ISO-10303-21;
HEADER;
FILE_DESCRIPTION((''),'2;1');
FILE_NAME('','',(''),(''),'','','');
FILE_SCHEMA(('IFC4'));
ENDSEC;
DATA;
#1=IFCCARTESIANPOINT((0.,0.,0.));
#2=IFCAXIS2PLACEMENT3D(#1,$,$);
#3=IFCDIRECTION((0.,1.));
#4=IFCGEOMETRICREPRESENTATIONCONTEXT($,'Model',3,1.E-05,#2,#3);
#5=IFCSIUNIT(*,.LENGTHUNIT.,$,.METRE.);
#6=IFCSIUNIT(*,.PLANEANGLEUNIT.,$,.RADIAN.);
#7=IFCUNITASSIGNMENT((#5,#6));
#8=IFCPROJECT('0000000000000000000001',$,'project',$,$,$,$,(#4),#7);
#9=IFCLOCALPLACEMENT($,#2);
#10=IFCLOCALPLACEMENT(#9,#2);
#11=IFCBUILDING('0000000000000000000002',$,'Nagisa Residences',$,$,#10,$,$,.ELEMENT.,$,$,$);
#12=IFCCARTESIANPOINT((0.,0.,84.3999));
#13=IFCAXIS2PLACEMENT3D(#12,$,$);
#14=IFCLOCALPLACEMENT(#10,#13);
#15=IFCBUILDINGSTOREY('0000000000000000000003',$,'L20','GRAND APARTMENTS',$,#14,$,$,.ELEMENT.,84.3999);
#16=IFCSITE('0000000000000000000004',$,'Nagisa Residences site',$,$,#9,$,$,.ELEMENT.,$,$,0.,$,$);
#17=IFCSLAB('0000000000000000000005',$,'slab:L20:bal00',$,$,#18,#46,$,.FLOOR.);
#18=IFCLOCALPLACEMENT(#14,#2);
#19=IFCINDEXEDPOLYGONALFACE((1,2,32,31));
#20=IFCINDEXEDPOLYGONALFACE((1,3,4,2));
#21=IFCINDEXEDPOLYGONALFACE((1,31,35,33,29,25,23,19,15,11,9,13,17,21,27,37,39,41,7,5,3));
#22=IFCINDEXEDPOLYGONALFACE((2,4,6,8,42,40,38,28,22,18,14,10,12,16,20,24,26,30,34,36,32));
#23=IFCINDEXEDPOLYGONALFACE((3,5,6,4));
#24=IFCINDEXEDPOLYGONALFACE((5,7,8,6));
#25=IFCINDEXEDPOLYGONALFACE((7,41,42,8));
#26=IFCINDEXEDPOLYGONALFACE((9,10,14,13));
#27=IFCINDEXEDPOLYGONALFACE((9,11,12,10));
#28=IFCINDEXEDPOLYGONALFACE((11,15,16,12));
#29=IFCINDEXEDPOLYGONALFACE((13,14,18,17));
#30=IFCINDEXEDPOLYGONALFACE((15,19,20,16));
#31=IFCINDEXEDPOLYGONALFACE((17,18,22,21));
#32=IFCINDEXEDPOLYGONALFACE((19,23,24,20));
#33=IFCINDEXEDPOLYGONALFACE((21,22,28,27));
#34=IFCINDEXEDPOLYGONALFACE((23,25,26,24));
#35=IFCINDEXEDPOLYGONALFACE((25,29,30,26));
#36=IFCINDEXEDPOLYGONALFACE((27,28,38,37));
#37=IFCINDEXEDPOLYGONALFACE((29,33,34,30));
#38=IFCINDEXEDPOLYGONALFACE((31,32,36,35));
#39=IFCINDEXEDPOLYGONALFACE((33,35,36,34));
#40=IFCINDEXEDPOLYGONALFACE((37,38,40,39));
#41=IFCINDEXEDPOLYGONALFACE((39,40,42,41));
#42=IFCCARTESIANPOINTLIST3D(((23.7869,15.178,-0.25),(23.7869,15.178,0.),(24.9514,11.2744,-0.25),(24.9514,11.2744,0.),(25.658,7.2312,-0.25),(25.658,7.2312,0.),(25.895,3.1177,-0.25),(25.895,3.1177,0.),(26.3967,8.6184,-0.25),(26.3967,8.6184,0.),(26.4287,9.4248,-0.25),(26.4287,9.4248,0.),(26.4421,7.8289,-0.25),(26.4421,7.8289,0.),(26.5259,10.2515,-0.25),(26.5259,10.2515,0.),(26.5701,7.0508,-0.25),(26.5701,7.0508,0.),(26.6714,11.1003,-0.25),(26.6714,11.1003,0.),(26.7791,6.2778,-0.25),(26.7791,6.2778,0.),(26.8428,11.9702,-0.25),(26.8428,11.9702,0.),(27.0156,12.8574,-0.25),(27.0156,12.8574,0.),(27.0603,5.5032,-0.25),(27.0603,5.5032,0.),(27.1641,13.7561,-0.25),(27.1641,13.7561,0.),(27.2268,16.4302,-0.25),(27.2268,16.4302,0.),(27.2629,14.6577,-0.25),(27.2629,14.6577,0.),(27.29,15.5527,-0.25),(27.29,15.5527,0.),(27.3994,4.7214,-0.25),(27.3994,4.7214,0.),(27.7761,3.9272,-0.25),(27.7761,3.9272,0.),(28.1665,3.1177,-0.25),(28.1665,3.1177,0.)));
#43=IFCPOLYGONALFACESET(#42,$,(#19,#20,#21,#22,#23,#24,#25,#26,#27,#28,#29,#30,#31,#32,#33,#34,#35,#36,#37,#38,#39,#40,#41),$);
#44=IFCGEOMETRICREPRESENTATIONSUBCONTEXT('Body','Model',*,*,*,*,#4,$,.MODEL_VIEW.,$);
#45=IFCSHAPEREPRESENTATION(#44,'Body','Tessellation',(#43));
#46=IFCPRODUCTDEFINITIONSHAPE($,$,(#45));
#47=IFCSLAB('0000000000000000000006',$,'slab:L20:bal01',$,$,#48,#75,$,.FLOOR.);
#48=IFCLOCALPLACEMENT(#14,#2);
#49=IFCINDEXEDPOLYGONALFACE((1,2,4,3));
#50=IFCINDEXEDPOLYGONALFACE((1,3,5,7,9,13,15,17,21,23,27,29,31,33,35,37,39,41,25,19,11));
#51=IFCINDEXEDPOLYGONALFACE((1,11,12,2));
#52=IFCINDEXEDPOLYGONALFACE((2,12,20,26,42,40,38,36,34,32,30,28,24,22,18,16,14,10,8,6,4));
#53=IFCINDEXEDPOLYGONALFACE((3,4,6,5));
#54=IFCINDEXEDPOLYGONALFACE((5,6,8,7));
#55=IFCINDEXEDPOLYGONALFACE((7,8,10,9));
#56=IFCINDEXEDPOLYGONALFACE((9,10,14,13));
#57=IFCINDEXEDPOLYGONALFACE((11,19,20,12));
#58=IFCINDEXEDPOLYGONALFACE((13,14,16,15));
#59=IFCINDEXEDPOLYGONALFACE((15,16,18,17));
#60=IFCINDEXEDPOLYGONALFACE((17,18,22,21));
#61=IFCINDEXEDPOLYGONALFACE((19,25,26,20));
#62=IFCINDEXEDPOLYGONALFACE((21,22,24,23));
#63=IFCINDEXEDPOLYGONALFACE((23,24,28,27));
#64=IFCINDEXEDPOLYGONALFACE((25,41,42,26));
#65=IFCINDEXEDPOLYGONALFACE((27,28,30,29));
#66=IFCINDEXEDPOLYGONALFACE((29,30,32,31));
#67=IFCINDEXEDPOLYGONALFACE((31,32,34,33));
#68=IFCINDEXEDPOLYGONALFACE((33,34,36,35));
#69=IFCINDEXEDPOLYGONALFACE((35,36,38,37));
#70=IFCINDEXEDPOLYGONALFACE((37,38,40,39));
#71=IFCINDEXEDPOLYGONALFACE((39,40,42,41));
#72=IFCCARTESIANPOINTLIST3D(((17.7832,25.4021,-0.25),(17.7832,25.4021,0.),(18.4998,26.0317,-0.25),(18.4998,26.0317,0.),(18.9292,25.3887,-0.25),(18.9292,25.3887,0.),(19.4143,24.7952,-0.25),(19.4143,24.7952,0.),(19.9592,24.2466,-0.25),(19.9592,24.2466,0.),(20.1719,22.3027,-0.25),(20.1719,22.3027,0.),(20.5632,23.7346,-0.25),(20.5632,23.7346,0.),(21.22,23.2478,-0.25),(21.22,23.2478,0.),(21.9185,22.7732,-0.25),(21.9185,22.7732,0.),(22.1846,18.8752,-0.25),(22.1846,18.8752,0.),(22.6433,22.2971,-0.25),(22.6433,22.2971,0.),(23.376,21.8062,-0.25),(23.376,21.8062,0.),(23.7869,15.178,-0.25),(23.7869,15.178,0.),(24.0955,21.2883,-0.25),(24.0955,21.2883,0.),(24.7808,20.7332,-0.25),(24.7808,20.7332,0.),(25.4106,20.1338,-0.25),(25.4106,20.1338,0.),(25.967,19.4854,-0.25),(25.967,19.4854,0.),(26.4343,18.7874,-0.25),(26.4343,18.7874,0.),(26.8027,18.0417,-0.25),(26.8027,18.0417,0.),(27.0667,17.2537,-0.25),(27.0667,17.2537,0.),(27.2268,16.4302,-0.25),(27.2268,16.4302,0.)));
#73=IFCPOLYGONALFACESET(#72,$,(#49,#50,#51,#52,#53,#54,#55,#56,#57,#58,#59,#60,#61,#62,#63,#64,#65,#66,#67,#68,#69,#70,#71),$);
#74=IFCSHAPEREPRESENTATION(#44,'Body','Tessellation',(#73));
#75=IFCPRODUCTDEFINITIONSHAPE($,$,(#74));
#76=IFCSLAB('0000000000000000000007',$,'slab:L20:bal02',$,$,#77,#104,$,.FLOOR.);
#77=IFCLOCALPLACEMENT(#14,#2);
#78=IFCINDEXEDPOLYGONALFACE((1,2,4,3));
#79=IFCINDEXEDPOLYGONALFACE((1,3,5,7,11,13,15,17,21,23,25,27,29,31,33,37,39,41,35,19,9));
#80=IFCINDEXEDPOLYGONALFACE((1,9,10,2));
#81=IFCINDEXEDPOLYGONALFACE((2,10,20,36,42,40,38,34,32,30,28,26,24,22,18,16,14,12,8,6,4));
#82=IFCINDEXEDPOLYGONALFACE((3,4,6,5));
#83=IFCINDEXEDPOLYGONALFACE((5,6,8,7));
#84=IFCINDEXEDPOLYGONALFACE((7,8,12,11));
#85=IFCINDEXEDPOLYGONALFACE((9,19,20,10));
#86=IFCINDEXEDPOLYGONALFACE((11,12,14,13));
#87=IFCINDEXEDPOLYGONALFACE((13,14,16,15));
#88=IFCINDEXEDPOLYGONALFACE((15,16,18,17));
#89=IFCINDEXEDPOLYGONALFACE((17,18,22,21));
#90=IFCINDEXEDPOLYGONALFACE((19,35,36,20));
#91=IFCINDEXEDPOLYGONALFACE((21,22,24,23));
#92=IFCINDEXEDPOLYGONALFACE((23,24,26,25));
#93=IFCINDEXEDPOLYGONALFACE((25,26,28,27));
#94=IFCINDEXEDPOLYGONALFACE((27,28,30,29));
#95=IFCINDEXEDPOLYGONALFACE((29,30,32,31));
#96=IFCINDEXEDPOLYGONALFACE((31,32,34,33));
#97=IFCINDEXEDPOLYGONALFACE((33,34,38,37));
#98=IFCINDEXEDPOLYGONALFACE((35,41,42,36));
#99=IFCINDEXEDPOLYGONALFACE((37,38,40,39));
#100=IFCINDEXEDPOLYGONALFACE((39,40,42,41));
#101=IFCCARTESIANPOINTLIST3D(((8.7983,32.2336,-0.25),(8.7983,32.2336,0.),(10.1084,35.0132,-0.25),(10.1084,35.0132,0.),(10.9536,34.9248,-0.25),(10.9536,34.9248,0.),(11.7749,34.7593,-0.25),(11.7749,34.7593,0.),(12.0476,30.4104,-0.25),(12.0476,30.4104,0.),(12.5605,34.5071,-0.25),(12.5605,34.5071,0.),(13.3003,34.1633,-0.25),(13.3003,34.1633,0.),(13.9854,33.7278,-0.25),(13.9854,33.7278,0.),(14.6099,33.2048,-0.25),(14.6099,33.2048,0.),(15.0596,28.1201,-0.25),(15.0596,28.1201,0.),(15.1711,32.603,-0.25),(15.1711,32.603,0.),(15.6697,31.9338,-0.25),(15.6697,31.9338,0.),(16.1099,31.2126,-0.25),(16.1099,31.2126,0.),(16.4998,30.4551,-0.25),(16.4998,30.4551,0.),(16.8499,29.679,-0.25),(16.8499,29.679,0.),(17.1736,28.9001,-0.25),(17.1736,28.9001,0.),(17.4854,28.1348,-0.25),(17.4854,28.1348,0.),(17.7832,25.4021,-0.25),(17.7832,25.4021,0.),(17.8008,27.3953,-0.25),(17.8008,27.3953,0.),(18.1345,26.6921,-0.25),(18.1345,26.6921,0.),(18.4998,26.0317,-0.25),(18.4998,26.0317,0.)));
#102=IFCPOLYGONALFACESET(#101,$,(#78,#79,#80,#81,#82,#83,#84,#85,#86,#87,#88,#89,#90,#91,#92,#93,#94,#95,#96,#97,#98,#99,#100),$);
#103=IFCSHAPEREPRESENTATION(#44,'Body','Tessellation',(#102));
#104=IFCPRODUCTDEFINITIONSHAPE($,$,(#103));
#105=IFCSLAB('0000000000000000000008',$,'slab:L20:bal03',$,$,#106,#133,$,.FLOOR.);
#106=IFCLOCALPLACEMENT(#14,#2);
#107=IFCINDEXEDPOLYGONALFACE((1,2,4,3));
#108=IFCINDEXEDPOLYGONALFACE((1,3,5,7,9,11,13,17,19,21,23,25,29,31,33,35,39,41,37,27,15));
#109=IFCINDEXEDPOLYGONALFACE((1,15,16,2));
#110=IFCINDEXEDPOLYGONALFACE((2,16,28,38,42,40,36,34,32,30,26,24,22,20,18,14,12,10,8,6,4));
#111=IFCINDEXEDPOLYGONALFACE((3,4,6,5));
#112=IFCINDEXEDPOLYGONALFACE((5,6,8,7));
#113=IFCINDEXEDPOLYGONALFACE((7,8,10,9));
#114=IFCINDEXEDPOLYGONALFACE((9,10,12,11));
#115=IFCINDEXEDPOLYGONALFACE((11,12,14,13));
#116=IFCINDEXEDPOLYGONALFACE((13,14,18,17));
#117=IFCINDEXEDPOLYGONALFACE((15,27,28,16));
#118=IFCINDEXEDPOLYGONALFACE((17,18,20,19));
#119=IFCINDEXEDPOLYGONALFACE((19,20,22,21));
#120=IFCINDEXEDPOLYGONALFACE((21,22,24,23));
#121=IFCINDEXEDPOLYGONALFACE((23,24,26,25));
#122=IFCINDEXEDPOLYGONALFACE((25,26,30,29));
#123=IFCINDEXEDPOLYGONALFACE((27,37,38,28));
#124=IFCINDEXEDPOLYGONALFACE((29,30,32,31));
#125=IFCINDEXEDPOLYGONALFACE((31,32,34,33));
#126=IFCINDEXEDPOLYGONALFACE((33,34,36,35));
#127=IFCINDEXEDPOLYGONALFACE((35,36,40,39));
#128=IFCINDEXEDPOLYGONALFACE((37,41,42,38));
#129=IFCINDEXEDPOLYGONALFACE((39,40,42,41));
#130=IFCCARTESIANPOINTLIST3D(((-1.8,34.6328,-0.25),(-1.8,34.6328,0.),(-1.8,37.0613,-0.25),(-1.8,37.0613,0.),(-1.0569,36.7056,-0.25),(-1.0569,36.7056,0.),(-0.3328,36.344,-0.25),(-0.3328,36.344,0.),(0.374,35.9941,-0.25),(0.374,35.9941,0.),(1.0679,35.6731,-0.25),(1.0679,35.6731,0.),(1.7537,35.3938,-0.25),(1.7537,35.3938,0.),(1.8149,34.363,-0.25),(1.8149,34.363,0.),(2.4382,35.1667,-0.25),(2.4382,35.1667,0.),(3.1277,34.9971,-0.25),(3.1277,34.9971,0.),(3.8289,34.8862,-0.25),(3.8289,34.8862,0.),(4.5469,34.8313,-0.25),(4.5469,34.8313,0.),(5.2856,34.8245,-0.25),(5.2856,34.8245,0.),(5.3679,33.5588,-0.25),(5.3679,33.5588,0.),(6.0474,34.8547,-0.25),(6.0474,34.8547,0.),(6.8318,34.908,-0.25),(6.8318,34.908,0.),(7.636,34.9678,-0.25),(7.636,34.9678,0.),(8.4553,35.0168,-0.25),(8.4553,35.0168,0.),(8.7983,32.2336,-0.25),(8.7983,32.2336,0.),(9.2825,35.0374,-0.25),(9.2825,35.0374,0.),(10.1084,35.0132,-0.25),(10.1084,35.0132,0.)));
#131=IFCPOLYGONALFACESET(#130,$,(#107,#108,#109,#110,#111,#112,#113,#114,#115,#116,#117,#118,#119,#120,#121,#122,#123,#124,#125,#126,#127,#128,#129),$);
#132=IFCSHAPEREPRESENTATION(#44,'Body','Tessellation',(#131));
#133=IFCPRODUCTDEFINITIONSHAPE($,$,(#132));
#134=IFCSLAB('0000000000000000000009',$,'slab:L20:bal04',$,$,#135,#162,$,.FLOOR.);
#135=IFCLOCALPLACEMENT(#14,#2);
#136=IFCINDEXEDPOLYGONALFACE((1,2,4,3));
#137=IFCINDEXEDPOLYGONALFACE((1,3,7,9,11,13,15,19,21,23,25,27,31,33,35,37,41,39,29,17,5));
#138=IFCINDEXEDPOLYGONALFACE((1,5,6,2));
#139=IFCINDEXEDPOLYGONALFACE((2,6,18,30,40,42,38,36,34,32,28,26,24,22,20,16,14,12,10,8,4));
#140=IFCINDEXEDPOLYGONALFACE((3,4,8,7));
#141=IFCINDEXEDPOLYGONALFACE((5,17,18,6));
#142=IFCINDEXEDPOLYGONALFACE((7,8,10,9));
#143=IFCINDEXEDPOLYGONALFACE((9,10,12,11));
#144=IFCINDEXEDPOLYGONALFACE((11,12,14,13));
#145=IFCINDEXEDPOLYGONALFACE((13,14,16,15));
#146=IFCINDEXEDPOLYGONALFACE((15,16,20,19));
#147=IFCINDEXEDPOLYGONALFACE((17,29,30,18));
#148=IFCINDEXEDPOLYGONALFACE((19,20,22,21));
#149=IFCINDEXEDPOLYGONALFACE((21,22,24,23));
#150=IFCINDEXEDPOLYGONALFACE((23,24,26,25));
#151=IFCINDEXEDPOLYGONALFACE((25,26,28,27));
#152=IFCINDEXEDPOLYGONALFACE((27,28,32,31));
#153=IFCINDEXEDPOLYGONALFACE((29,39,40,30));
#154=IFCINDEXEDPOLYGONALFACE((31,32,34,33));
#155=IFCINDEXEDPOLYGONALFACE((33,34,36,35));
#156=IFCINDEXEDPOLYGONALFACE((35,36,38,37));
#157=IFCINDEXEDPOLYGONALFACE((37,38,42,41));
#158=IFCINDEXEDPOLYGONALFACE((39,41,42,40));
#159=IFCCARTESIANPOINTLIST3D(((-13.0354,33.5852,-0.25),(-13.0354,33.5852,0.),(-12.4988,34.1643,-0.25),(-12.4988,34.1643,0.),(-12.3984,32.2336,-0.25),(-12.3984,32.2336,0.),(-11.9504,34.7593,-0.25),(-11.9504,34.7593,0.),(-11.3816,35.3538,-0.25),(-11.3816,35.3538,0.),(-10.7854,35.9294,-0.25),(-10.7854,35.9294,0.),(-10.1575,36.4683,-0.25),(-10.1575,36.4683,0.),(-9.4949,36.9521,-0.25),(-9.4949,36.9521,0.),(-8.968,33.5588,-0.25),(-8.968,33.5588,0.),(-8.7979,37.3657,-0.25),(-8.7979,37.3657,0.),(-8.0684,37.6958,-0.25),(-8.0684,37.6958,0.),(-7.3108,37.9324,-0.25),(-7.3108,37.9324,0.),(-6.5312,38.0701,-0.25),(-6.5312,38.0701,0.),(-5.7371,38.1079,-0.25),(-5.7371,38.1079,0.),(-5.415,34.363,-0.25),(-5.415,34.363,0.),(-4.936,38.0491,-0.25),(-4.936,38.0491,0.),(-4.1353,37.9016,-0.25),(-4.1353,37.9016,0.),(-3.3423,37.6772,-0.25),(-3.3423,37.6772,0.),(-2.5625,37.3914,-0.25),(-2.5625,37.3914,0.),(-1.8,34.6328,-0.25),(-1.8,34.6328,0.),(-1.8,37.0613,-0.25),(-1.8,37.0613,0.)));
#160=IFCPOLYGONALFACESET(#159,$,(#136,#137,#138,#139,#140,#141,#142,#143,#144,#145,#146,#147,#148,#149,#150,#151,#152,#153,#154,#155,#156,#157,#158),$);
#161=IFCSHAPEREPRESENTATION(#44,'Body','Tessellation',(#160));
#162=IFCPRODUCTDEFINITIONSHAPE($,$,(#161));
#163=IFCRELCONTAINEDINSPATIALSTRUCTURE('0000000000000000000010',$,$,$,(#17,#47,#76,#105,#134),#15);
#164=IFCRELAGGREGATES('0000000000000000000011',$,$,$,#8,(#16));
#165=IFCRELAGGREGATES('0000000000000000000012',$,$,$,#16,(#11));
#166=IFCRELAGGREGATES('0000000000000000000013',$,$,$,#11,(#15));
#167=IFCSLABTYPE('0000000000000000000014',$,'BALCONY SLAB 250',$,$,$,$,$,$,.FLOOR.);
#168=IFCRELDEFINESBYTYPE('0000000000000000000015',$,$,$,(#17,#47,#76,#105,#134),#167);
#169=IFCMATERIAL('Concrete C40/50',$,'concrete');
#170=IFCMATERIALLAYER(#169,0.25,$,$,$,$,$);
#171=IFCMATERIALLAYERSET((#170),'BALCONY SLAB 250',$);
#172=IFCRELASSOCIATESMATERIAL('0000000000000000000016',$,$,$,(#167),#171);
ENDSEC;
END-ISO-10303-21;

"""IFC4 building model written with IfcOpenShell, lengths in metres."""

from ifc_helpers import new_model, si_unit, direction, frame, origin, place, context, subcontext, project, spatial, polyline, outline, extrude, material, layer, layer_set, type_object, element, save


model = new_model("IFC4")

# Units and contexts
model_context = context("Model", 3, precision=1e-05, world=origin(), true_north=direction((0.0, 1.0)))
body_context = subcontext(model_context, "Body", "Model", "MODEL_VIEW")
ifc_project = project(units=[si_unit("LENGTHUNIT", "METRE"), si_unit("PLANEANGLEUNIT", "RADIAN")], contexts=[model_context])

# Site, building, storey
site_placement = place(None, origin())
site = spatial("IfcSite", under=ifc_project, at=site_placement, Name="Nagisa Residences site", CompositionType="ELEMENT", RefElevation=0.0)
building_placement = place(site_placement, origin())
building = spatial("IfcBuilding", under=site, at=building_placement, Name="Nagisa Residences", CompositionType="ELEMENT")
storey_placement = place(building_placement, frame((0.0, 0.0, 84.3999)))
storey = spatial("IfcBuildingStorey", under=building, at=storey_placement, Name="L20", Description="GRAND APARTMENTS", CompositionType="ELEMENT", Elevation=84.3999)

# Slabs
ifc_material_1 = material(Name="Concrete C40/50", Category="concrete")
ifc_layer_1 = layer(ifc_material_1, 0.25)
ifc_layer_set_1 = layer_set([ifc_layer_1], Name="BALCONY SLAB 250")
slab_type_1 = type_object("IfcSlabType", Name="BALCONY SLAB 250", PredefinedType="FLOOR", material=ifc_layer_set_1)
slab_1_placement = place(storey_placement, frame((0.0, 0.0, -0.25)))
element("IfcSlab", 1, at=slab_1_placement, inside=storey, type_object=slab_type_1, Name="slab:L20:bal00", PredefinedType="FLOOR", context=body_context, shape_type="SweptSolid", body=[
    extrude(outline(polyline([(28.1665, 3.1177), (27.7761, 3.9272), (27.3994, 4.7214), (27.0603, 5.5032), (26.7791, 6.2778), (26.5701, 7.0508), (26.4421, 7.8289), (26.3967, 8.6184), (26.4287, 9.4248), (26.5259, 10.2515), (26.6714, 11.1003), (26.8428, 11.9702), (27.0156, 12.8574), (27.1641, 13.7561), (27.2629, 14.6577), (27.29, 15.5527), (27.2268, 16.4302), (23.7869, 15.178), (24.9514, 11.2744), (25.658, 7.2312), (25.895, 3.1177), (28.1665, 3.1177)])), origin(), (0.0, 0.0, 1.0), 0.25),
])
slab_2_placement = place(storey_placement, frame((0.0, 0.0, -0.25)))
element("IfcSlab", 2, at=slab_2_placement, inside=storey, type_object=slab_type_1, Name="slab:L20:bal01", PredefinedType="FLOOR", context=body_context, shape_type="SweptSolid", body=[
    extrude(outline(polyline([(27.2268, 16.4302), (27.0667, 17.2537), (26.8027, 18.0417), (26.4343, 18.7874), (25.967, 19.4854), (25.4106, 20.1338), (24.7808, 20.7332), (24.0955, 21.2883), (23.376, 21.8062), (22.6433, 22.2971), (21.9185, 22.7732), (21.22, 23.2478), (20.5632, 23.7346), (19.9592, 24.2466), (19.4143, 24.7952), (18.9292, 25.3887), (18.4998, 26.0317), (17.7832, 25.4021), (20.1719, 22.3027), (22.1846, 18.8752), (23.7869, 15.178), (27.2268, 16.4302)])), origin(), (0.0, 0.0, 1.0), 0.25),
])
slab_3_placement = place(storey_placement, frame((0.0, 0.0, -0.25)))
element("IfcSlab", 3, at=slab_3_placement, inside=storey, type_object=slab_type_1, Name="slab:L20:bal02", PredefinedType="FLOOR", context=body_context, shape_type="SweptSolid", body=[
    extrude(outline(polyline([(18.4998, 26.0317), (18.1345, 26.6921), (17.8008, 27.3953), (17.4854, 28.1348), (17.1736, 28.9001), (16.8499, 29.679), (16.4998, 30.4551), (16.1099, 31.2126), (15.6697, 31.9338), (15.1711, 32.603), (14.6099, 33.2048), (13.9854, 33.7278), (13.3003, 34.1633), (12.5605, 34.5071), (11.7749, 34.7593), (10.9536, 34.9248), (10.1084, 35.0132), (8.7983, 32.2336), (12.0476, 30.4104), (15.0596, 28.1201), (17.7832, 25.4021), (18.4998, 26.0317)])), origin(), (0.0, 0.0, 1.0), 0.25),
])
slab_4_placement = place(storey_placement, frame((0.0, 0.0, -0.25)))
element("IfcSlab", 4, at=slab_4_placement, inside=storey, type_object=slab_type_1, Name="slab:L20:bal03", PredefinedType="FLOOR", context=body_context, shape_type="SweptSolid", body=[
    extrude(outline(polyline([(10.1084, 35.0132), (9.2825, 35.0374), (8.4553, 35.0168), (7.636, 34.9678), (6.8318, 34.908), (6.0474, 34.8547), (5.2856, 34.8245), (4.5469, 34.8313), (3.8289, 34.8862), (3.1277, 34.9971), (2.4382, 35.1667), (1.7537, 35.3938), (1.0679, 35.6731), (0.374, 35.9941), (-0.3328, 36.344), (-1.0569, 36.7056), (-1.8, 37.0613), (-1.8, 34.6328), (1.8149, 34.363), (5.3679, 33.5588), (8.7983, 32.2336), (10.1084, 35.0132)])), origin(), (0.0, 0.0, 1.0), 0.25),
])
slab_5_placement = place(storey_placement, frame((0.0, 0.0, -0.25)))
element("IfcSlab", 5, at=slab_5_placement, inside=storey, type_object=slab_type_1, Name="slab:L20:bal04", PredefinedType="FLOOR", context=body_context, shape_type="SweptSolid", body=[
    extrude(outline(polyline([(-1.8, 37.0613), (-2.5625, 37.3914), (-3.3423, 37.6772), (-4.1353, 37.9016), (-4.936, 38.0491), (-5.7371, 38.1079), (-6.5312, 38.0701), (-7.3108, 37.9324), (-8.0684, 37.6958), (-8.7979, 37.3657), (-9.4949, 36.9521), (-10.1575, 36.4683), (-10.7854, 35.9294), (-11.3816, 35.3538), (-11.9504, 34.7593), (-12.4988, 34.1643), (-13.0354, 33.5852), (-12.3984, 32.2336), (-8.968, 33.5588), (-5.415, 34.363), (-1.8, 34.6328), (-1.8, 37.0613)])), origin(), (0.0, 0.0, 1.0), 0.25),
])

save(model, "model.ifc")
